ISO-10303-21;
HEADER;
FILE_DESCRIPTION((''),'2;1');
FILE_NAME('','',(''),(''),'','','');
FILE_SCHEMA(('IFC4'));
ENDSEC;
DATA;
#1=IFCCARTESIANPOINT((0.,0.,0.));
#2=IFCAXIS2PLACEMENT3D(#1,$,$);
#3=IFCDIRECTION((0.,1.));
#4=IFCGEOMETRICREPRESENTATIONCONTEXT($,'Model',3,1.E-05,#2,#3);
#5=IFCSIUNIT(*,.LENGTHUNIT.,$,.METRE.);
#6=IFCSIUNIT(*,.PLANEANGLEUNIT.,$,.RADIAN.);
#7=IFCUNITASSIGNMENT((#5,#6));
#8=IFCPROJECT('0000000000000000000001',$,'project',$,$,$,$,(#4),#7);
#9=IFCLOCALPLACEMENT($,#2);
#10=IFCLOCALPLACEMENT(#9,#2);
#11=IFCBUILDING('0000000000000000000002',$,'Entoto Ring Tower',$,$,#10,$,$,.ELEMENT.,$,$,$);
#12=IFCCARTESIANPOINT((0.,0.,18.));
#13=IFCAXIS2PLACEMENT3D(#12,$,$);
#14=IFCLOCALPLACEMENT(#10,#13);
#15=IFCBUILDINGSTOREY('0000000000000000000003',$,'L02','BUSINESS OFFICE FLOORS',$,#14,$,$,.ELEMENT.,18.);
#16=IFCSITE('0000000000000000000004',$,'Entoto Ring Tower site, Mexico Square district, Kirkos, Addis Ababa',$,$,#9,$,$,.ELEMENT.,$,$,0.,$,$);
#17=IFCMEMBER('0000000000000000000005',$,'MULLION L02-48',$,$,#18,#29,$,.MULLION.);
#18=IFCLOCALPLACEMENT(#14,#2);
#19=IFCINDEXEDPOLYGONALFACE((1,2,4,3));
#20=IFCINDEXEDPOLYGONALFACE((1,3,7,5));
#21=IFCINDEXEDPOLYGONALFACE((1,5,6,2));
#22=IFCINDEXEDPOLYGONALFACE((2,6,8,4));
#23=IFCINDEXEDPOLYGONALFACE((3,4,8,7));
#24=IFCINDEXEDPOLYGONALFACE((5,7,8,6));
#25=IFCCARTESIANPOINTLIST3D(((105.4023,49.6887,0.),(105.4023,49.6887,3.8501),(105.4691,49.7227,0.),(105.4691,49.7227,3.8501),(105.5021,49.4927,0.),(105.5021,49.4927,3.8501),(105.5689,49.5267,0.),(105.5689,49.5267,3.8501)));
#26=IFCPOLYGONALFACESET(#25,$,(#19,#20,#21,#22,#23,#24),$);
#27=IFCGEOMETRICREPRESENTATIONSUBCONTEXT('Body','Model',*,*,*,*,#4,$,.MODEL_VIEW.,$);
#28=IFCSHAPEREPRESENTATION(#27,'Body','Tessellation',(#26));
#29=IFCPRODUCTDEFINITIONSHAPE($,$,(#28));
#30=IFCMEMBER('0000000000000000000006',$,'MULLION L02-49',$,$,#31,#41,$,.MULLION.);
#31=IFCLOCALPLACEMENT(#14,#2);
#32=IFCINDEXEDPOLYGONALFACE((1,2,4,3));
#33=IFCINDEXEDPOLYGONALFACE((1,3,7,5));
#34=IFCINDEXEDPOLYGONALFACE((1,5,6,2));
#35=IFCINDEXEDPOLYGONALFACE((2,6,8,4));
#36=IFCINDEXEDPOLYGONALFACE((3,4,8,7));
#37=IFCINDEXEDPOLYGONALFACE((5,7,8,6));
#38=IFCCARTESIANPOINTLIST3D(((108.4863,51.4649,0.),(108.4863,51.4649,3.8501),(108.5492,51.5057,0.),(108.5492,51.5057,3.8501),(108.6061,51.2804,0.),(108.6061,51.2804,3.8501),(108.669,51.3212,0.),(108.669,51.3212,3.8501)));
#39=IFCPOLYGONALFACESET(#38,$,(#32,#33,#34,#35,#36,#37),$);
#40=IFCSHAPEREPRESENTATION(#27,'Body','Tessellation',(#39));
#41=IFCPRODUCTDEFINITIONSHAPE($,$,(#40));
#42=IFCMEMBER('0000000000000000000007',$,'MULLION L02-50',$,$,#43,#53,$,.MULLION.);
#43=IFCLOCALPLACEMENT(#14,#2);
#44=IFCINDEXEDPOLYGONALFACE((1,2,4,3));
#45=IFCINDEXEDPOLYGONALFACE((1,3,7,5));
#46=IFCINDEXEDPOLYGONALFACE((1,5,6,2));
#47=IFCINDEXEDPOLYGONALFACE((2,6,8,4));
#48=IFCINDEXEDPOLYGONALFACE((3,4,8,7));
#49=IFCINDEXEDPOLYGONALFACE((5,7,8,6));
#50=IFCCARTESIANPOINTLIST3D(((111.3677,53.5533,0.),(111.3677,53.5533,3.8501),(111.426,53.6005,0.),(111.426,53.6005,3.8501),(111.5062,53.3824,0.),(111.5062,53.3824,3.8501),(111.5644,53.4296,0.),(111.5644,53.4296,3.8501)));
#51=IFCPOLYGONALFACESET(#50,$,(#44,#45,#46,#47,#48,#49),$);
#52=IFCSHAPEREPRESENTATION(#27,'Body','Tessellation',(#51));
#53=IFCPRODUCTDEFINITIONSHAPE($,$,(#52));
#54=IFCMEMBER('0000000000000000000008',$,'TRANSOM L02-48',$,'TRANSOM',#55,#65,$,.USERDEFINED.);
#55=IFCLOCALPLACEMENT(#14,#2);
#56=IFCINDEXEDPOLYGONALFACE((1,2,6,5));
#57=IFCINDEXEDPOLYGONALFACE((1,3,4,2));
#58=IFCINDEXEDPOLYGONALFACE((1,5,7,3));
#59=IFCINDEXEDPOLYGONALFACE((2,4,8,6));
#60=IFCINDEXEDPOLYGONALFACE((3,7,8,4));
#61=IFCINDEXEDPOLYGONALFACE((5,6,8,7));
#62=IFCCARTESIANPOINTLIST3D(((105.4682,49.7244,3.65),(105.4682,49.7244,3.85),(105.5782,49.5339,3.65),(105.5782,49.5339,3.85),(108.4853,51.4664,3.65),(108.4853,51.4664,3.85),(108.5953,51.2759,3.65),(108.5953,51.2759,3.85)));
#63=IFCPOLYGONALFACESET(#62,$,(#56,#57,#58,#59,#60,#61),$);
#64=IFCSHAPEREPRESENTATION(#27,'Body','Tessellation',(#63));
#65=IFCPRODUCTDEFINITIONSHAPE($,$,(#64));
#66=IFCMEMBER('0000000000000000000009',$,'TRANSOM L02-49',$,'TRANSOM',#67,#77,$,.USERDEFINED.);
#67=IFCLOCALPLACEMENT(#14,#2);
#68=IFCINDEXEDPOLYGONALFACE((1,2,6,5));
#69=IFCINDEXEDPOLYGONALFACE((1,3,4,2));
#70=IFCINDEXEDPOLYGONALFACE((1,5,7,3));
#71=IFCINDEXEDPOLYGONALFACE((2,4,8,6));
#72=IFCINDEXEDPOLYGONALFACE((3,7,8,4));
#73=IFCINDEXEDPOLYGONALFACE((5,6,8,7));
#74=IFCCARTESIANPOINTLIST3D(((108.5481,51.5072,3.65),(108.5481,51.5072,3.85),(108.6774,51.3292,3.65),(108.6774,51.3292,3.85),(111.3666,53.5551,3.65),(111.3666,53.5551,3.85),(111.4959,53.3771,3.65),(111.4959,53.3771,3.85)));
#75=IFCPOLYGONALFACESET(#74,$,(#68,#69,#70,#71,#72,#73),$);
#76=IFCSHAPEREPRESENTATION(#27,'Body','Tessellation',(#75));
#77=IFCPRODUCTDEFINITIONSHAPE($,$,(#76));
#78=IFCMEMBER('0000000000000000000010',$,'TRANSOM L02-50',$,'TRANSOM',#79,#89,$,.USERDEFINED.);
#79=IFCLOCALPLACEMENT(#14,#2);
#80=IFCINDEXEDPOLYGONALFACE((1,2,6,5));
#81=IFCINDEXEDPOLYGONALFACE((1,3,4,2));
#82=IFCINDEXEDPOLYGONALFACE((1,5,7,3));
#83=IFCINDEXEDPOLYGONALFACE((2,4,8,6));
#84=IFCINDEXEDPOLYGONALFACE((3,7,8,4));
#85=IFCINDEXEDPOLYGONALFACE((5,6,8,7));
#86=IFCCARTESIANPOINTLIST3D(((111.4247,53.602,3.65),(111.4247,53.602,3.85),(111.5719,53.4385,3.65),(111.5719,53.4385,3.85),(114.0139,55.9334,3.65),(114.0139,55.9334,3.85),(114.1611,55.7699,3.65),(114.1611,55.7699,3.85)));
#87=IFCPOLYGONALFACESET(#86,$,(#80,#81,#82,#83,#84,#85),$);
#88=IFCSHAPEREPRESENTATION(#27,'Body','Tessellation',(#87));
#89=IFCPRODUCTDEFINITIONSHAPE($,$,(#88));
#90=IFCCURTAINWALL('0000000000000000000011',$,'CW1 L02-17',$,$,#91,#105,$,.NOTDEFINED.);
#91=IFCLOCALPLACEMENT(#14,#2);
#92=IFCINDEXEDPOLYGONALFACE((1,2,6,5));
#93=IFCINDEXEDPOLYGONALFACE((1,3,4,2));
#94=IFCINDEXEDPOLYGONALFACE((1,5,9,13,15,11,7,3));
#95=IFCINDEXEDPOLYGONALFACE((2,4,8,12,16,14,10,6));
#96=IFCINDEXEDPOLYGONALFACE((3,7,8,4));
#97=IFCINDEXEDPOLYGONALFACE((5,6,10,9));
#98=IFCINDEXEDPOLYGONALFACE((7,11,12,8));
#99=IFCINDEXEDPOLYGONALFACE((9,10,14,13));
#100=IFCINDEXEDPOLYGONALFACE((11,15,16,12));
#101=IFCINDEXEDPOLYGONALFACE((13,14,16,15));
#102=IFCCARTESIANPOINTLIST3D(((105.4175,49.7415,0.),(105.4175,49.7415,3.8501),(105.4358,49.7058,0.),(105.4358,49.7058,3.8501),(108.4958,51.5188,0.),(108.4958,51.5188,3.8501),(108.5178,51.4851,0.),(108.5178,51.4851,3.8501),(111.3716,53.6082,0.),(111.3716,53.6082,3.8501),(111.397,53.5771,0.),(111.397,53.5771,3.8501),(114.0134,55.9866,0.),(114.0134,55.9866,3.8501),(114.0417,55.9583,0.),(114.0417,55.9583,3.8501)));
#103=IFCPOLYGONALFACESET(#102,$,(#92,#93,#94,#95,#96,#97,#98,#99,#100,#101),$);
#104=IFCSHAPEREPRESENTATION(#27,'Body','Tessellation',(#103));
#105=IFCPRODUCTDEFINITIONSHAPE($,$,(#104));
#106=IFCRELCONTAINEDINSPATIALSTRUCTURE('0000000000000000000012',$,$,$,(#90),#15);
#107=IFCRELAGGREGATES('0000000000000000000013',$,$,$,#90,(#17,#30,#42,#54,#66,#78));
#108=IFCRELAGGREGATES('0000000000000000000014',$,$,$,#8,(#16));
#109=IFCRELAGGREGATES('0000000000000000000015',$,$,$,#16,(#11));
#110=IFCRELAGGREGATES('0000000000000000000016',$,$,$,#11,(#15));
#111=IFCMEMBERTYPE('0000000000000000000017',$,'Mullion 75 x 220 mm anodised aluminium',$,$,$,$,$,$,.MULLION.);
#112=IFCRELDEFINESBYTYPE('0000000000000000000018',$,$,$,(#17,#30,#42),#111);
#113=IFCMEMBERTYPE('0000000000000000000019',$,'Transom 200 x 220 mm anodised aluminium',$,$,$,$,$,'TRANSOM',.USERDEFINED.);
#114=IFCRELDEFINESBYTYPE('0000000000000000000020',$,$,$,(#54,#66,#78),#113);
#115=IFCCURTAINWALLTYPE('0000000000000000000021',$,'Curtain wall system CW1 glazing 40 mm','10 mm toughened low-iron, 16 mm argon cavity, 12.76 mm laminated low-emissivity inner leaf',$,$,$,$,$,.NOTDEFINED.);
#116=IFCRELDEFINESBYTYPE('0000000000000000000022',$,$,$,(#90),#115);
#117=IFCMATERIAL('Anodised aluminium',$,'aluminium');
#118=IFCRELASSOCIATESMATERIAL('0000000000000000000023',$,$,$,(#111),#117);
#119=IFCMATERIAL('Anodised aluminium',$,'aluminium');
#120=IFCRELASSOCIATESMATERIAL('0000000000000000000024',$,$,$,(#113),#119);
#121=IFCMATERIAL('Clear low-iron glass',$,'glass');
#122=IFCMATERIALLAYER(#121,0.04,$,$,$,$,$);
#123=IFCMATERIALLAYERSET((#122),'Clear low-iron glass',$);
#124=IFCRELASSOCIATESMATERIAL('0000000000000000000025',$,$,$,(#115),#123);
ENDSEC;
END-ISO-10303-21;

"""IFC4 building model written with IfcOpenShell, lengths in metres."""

from ifc_helpers import new_model, si_unit, direction, frame, origin, origin_2d, place, context, subcontext, project, spatial, polyline, rectangle, outline, extrude, material, layer, layer_set, material_profile, profile_set, type_object, element, aggregate, save


model = new_model("IFC4")

# Units and contexts
model_context = context("Model", 3, precision=1e-05, world=origin(), true_north=direction((0.0, 1.0)))
body_context = subcontext(model_context, "Body", "Model", "MODEL_VIEW")
ifc_project = project(units=[si_unit("LENGTHUNIT", "METRE"), si_unit("PLANEANGLEUNIT", "RADIAN")], contexts=[model_context])

# Members
ifc_material_1 = material(Name="Anodised aluminium", Category="aluminium")
ifc_material_profile_1 = material_profile(ifc_material_1, rectangle(XDim=0.075, YDim=0.22, at=origin_2d()), Name="Mullion 75 x 220 mm anodised aluminium")
ifc_profile_set_1 = profile_set([ifc_material_profile_1], Name="Anodised aluminium")
member_type_1 = type_object("IfcMemberType", Name="Mullion 75 x 220 mm anodised aluminium", PredefinedType="MULLION", material=ifc_profile_set_1)
site_placement = place(None, origin())
building_placement = place(site_placement, origin())
storey_placement = place(building_placement, frame((0.0, 0.0, 18.0)))
member_1_placement = place(storey_placement, frame((105.4856, 49.6077, 0.0), z_axis=(0.0, 0.0, 1.0), x_axis=(0.891007, 0.45399, 0.0)))
member_1 = element("IfcMember", 1, at=member_1_placement, type_object=member_type_1, Name="MULLION L02-48", PredefinedType="MULLION", context=body_context, shape_type="SweptSolid", body=[
    extrude(rectangle(XDim=0.075, YDim=0.22, at=origin_2d()), origin(), (0.0, 0.0, 1.0), 3.8501),
])
member_2_placement = place(storey_placement, frame((108.5776, 51.3931, 0.0), z_axis=(0.0, 0.0, 1.0), x_axis=(0.838671, 0.544639, 0.0)))
member_2 = element("IfcMember", 2, at=member_2_placement, type_object=member_type_1, Name="MULLION L02-49", PredefinedType="MULLION", context=body_context, shape_type="SweptSolid", body=[
    extrude(rectangle(XDim=0.075, YDim=0.22, at=origin_2d()), origin(), (0.0, 0.0, 1.0), 3.8501),
])
member_3_placement = place(storey_placement, frame((111.4661, 53.4915, 0.0), z_axis=(0.0, 0.0, 1.0), x_axis=(0.777146, 0.62932, 0.0)))
member_3 = element("IfcMember", 3, at=member_3_placement, type_object=member_type_1, Name="MULLION L02-50", PredefinedType="MULLION", context=body_context, shape_type="SweptSolid", body=[
    extrude(rectangle(XDim=0.075, YDim=0.22, at=origin_2d()), origin(), (0.0, 0.0, 1.0), 3.8501),
])
ifc_material_2 = material(Name="Anodised aluminium", Category="aluminium")
ifc_material_profile_2 = material_profile(ifc_material_2, rectangle(XDim=0.22, YDim=0.2, at=origin_2d()), Name="Transom 200 x 220 mm anodised aluminium")
ifc_profile_set_2 = profile_set([ifc_material_profile_2], Name="Anodised aluminium")
member_type_2 = type_object("IfcMemberType", Name="Transom 200 x 220 mm anodised aluminium", ElementType="TRANSOM", PredefinedType="USERDEFINED", material=ifc_profile_set_2)
member_4_placement = place(storey_placement, frame((105.5232, 49.6292, 3.75), z_axis=(0.866022, 0.500006, 0.0), x_axis=(-0.500006, 0.866022, 0.0)))
member_4 = element("IfcMember", 4, at=member_4_placement, type_object=member_type_2, Name="TRANSOM L02-48", ObjectType="TRANSOM", PredefinedType="USERDEFINED", context=body_context, shape_type="SweptSolid", body=[
    extrude(rectangle(XDim=0.22, YDim=0.2, at=origin_2d()), origin(), (0.0, 0.0, 1.0), 3.4839),
])
member_5_placement = place(storey_placement, frame((108.6128, 51.4182, 3.75), z_axis=(0.808991, 0.587822, 0.0), x_axis=(-0.587822, 0.808991, 0.0)))
member_5 = element("IfcMember", 5, at=member_5_placement, type_object=member_type_2, Name="TRANSOM L02-49", ObjectType="TRANSOM", PredefinedType="USERDEFINED", context=body_context, shape_type="SweptSolid", body=[
    extrude(rectangle(XDim=0.22, YDim=0.2, at=origin_2d()), origin(), (0.0, 0.0, 1.0), 3.4839),
])
member_6_placement = place(storey_placement, frame((111.4983, 53.5203, 3.75), z_axis=(0.743137, 0.669139, 0.0), x_axis=(-0.669139, 0.743137, 0.0)))
member_6 = element("IfcMember", 6, at=member_6_placement, type_object=member_type_2, Name="TRANSOM L02-50", ObjectType="TRANSOM", PredefinedType="USERDEFINED", context=body_context, shape_type="SweptSolid", body=[
    extrude(rectangle(XDim=0.22, YDim=0.2, at=origin_2d()), origin(), (0.0, 0.0, 1.0), 3.4841),
])

# Site, building, storey
site = spatial("IfcSite", under=ifc_project, at=site_placement, Name="Entoto Ring Tower site, Mexico Square district, Kirkos, Addis Ababa", CompositionType="ELEMENT", RefElevation=0.0)
building = spatial("IfcBuilding", under=site, at=building_placement, Name="Entoto Ring Tower", CompositionType="ELEMENT")
storey = spatial("IfcBuildingStorey", under=building, at=storey_placement, Name="L02", Description="BUSINESS OFFICE FLOORS", CompositionType="ELEMENT", Elevation=18.0)

# Curtain wall
ifc_material_3 = material(Name="Clear low-iron glass", Category="glass")
ifc_layer = layer(ifc_material_3, 0.04)
ifc_layer_set = layer_set([ifc_layer], Name="Clear low-iron glass")
curtain_wall_type = type_object("IfcCurtainWallType", Name="Curtain wall system CW1 glazing 40 mm", Description="10 mm toughened low-iron, 16 mm argon cavity, 12.76 mm laminated low-emissivity inner leaf", PredefinedType="NOTDEFINED", material=ifc_layer_set)
curtain_wall_1_placement = place(storey_placement, origin())
curtain_wall_1 = element("IfcCurtainWall", 7, at=curtain_wall_1_placement, inside=storey, type_object=curtain_wall_type, Name="CW1 L02-17", PredefinedType="NOTDEFINED", context=body_context, shape_type="SweptSolid", body=[
    extrude(outline(polyline([(105.4358, 49.7058), (108.5178, 51.4851), (111.397, 53.5771), (114.0417, 55.9583), (114.0134, 55.9866), (111.3716, 53.6082), (108.4958, 51.5188), (105.4175, 49.7415), (105.4358, 49.7058)])), origin(), (0.0, 0.0, 1.0), 3.8501),
])
aggregate(curtain_wall_1, [member_1, member_2, member_3, member_4, member_5, member_6])

save(model, "model.ifc")
